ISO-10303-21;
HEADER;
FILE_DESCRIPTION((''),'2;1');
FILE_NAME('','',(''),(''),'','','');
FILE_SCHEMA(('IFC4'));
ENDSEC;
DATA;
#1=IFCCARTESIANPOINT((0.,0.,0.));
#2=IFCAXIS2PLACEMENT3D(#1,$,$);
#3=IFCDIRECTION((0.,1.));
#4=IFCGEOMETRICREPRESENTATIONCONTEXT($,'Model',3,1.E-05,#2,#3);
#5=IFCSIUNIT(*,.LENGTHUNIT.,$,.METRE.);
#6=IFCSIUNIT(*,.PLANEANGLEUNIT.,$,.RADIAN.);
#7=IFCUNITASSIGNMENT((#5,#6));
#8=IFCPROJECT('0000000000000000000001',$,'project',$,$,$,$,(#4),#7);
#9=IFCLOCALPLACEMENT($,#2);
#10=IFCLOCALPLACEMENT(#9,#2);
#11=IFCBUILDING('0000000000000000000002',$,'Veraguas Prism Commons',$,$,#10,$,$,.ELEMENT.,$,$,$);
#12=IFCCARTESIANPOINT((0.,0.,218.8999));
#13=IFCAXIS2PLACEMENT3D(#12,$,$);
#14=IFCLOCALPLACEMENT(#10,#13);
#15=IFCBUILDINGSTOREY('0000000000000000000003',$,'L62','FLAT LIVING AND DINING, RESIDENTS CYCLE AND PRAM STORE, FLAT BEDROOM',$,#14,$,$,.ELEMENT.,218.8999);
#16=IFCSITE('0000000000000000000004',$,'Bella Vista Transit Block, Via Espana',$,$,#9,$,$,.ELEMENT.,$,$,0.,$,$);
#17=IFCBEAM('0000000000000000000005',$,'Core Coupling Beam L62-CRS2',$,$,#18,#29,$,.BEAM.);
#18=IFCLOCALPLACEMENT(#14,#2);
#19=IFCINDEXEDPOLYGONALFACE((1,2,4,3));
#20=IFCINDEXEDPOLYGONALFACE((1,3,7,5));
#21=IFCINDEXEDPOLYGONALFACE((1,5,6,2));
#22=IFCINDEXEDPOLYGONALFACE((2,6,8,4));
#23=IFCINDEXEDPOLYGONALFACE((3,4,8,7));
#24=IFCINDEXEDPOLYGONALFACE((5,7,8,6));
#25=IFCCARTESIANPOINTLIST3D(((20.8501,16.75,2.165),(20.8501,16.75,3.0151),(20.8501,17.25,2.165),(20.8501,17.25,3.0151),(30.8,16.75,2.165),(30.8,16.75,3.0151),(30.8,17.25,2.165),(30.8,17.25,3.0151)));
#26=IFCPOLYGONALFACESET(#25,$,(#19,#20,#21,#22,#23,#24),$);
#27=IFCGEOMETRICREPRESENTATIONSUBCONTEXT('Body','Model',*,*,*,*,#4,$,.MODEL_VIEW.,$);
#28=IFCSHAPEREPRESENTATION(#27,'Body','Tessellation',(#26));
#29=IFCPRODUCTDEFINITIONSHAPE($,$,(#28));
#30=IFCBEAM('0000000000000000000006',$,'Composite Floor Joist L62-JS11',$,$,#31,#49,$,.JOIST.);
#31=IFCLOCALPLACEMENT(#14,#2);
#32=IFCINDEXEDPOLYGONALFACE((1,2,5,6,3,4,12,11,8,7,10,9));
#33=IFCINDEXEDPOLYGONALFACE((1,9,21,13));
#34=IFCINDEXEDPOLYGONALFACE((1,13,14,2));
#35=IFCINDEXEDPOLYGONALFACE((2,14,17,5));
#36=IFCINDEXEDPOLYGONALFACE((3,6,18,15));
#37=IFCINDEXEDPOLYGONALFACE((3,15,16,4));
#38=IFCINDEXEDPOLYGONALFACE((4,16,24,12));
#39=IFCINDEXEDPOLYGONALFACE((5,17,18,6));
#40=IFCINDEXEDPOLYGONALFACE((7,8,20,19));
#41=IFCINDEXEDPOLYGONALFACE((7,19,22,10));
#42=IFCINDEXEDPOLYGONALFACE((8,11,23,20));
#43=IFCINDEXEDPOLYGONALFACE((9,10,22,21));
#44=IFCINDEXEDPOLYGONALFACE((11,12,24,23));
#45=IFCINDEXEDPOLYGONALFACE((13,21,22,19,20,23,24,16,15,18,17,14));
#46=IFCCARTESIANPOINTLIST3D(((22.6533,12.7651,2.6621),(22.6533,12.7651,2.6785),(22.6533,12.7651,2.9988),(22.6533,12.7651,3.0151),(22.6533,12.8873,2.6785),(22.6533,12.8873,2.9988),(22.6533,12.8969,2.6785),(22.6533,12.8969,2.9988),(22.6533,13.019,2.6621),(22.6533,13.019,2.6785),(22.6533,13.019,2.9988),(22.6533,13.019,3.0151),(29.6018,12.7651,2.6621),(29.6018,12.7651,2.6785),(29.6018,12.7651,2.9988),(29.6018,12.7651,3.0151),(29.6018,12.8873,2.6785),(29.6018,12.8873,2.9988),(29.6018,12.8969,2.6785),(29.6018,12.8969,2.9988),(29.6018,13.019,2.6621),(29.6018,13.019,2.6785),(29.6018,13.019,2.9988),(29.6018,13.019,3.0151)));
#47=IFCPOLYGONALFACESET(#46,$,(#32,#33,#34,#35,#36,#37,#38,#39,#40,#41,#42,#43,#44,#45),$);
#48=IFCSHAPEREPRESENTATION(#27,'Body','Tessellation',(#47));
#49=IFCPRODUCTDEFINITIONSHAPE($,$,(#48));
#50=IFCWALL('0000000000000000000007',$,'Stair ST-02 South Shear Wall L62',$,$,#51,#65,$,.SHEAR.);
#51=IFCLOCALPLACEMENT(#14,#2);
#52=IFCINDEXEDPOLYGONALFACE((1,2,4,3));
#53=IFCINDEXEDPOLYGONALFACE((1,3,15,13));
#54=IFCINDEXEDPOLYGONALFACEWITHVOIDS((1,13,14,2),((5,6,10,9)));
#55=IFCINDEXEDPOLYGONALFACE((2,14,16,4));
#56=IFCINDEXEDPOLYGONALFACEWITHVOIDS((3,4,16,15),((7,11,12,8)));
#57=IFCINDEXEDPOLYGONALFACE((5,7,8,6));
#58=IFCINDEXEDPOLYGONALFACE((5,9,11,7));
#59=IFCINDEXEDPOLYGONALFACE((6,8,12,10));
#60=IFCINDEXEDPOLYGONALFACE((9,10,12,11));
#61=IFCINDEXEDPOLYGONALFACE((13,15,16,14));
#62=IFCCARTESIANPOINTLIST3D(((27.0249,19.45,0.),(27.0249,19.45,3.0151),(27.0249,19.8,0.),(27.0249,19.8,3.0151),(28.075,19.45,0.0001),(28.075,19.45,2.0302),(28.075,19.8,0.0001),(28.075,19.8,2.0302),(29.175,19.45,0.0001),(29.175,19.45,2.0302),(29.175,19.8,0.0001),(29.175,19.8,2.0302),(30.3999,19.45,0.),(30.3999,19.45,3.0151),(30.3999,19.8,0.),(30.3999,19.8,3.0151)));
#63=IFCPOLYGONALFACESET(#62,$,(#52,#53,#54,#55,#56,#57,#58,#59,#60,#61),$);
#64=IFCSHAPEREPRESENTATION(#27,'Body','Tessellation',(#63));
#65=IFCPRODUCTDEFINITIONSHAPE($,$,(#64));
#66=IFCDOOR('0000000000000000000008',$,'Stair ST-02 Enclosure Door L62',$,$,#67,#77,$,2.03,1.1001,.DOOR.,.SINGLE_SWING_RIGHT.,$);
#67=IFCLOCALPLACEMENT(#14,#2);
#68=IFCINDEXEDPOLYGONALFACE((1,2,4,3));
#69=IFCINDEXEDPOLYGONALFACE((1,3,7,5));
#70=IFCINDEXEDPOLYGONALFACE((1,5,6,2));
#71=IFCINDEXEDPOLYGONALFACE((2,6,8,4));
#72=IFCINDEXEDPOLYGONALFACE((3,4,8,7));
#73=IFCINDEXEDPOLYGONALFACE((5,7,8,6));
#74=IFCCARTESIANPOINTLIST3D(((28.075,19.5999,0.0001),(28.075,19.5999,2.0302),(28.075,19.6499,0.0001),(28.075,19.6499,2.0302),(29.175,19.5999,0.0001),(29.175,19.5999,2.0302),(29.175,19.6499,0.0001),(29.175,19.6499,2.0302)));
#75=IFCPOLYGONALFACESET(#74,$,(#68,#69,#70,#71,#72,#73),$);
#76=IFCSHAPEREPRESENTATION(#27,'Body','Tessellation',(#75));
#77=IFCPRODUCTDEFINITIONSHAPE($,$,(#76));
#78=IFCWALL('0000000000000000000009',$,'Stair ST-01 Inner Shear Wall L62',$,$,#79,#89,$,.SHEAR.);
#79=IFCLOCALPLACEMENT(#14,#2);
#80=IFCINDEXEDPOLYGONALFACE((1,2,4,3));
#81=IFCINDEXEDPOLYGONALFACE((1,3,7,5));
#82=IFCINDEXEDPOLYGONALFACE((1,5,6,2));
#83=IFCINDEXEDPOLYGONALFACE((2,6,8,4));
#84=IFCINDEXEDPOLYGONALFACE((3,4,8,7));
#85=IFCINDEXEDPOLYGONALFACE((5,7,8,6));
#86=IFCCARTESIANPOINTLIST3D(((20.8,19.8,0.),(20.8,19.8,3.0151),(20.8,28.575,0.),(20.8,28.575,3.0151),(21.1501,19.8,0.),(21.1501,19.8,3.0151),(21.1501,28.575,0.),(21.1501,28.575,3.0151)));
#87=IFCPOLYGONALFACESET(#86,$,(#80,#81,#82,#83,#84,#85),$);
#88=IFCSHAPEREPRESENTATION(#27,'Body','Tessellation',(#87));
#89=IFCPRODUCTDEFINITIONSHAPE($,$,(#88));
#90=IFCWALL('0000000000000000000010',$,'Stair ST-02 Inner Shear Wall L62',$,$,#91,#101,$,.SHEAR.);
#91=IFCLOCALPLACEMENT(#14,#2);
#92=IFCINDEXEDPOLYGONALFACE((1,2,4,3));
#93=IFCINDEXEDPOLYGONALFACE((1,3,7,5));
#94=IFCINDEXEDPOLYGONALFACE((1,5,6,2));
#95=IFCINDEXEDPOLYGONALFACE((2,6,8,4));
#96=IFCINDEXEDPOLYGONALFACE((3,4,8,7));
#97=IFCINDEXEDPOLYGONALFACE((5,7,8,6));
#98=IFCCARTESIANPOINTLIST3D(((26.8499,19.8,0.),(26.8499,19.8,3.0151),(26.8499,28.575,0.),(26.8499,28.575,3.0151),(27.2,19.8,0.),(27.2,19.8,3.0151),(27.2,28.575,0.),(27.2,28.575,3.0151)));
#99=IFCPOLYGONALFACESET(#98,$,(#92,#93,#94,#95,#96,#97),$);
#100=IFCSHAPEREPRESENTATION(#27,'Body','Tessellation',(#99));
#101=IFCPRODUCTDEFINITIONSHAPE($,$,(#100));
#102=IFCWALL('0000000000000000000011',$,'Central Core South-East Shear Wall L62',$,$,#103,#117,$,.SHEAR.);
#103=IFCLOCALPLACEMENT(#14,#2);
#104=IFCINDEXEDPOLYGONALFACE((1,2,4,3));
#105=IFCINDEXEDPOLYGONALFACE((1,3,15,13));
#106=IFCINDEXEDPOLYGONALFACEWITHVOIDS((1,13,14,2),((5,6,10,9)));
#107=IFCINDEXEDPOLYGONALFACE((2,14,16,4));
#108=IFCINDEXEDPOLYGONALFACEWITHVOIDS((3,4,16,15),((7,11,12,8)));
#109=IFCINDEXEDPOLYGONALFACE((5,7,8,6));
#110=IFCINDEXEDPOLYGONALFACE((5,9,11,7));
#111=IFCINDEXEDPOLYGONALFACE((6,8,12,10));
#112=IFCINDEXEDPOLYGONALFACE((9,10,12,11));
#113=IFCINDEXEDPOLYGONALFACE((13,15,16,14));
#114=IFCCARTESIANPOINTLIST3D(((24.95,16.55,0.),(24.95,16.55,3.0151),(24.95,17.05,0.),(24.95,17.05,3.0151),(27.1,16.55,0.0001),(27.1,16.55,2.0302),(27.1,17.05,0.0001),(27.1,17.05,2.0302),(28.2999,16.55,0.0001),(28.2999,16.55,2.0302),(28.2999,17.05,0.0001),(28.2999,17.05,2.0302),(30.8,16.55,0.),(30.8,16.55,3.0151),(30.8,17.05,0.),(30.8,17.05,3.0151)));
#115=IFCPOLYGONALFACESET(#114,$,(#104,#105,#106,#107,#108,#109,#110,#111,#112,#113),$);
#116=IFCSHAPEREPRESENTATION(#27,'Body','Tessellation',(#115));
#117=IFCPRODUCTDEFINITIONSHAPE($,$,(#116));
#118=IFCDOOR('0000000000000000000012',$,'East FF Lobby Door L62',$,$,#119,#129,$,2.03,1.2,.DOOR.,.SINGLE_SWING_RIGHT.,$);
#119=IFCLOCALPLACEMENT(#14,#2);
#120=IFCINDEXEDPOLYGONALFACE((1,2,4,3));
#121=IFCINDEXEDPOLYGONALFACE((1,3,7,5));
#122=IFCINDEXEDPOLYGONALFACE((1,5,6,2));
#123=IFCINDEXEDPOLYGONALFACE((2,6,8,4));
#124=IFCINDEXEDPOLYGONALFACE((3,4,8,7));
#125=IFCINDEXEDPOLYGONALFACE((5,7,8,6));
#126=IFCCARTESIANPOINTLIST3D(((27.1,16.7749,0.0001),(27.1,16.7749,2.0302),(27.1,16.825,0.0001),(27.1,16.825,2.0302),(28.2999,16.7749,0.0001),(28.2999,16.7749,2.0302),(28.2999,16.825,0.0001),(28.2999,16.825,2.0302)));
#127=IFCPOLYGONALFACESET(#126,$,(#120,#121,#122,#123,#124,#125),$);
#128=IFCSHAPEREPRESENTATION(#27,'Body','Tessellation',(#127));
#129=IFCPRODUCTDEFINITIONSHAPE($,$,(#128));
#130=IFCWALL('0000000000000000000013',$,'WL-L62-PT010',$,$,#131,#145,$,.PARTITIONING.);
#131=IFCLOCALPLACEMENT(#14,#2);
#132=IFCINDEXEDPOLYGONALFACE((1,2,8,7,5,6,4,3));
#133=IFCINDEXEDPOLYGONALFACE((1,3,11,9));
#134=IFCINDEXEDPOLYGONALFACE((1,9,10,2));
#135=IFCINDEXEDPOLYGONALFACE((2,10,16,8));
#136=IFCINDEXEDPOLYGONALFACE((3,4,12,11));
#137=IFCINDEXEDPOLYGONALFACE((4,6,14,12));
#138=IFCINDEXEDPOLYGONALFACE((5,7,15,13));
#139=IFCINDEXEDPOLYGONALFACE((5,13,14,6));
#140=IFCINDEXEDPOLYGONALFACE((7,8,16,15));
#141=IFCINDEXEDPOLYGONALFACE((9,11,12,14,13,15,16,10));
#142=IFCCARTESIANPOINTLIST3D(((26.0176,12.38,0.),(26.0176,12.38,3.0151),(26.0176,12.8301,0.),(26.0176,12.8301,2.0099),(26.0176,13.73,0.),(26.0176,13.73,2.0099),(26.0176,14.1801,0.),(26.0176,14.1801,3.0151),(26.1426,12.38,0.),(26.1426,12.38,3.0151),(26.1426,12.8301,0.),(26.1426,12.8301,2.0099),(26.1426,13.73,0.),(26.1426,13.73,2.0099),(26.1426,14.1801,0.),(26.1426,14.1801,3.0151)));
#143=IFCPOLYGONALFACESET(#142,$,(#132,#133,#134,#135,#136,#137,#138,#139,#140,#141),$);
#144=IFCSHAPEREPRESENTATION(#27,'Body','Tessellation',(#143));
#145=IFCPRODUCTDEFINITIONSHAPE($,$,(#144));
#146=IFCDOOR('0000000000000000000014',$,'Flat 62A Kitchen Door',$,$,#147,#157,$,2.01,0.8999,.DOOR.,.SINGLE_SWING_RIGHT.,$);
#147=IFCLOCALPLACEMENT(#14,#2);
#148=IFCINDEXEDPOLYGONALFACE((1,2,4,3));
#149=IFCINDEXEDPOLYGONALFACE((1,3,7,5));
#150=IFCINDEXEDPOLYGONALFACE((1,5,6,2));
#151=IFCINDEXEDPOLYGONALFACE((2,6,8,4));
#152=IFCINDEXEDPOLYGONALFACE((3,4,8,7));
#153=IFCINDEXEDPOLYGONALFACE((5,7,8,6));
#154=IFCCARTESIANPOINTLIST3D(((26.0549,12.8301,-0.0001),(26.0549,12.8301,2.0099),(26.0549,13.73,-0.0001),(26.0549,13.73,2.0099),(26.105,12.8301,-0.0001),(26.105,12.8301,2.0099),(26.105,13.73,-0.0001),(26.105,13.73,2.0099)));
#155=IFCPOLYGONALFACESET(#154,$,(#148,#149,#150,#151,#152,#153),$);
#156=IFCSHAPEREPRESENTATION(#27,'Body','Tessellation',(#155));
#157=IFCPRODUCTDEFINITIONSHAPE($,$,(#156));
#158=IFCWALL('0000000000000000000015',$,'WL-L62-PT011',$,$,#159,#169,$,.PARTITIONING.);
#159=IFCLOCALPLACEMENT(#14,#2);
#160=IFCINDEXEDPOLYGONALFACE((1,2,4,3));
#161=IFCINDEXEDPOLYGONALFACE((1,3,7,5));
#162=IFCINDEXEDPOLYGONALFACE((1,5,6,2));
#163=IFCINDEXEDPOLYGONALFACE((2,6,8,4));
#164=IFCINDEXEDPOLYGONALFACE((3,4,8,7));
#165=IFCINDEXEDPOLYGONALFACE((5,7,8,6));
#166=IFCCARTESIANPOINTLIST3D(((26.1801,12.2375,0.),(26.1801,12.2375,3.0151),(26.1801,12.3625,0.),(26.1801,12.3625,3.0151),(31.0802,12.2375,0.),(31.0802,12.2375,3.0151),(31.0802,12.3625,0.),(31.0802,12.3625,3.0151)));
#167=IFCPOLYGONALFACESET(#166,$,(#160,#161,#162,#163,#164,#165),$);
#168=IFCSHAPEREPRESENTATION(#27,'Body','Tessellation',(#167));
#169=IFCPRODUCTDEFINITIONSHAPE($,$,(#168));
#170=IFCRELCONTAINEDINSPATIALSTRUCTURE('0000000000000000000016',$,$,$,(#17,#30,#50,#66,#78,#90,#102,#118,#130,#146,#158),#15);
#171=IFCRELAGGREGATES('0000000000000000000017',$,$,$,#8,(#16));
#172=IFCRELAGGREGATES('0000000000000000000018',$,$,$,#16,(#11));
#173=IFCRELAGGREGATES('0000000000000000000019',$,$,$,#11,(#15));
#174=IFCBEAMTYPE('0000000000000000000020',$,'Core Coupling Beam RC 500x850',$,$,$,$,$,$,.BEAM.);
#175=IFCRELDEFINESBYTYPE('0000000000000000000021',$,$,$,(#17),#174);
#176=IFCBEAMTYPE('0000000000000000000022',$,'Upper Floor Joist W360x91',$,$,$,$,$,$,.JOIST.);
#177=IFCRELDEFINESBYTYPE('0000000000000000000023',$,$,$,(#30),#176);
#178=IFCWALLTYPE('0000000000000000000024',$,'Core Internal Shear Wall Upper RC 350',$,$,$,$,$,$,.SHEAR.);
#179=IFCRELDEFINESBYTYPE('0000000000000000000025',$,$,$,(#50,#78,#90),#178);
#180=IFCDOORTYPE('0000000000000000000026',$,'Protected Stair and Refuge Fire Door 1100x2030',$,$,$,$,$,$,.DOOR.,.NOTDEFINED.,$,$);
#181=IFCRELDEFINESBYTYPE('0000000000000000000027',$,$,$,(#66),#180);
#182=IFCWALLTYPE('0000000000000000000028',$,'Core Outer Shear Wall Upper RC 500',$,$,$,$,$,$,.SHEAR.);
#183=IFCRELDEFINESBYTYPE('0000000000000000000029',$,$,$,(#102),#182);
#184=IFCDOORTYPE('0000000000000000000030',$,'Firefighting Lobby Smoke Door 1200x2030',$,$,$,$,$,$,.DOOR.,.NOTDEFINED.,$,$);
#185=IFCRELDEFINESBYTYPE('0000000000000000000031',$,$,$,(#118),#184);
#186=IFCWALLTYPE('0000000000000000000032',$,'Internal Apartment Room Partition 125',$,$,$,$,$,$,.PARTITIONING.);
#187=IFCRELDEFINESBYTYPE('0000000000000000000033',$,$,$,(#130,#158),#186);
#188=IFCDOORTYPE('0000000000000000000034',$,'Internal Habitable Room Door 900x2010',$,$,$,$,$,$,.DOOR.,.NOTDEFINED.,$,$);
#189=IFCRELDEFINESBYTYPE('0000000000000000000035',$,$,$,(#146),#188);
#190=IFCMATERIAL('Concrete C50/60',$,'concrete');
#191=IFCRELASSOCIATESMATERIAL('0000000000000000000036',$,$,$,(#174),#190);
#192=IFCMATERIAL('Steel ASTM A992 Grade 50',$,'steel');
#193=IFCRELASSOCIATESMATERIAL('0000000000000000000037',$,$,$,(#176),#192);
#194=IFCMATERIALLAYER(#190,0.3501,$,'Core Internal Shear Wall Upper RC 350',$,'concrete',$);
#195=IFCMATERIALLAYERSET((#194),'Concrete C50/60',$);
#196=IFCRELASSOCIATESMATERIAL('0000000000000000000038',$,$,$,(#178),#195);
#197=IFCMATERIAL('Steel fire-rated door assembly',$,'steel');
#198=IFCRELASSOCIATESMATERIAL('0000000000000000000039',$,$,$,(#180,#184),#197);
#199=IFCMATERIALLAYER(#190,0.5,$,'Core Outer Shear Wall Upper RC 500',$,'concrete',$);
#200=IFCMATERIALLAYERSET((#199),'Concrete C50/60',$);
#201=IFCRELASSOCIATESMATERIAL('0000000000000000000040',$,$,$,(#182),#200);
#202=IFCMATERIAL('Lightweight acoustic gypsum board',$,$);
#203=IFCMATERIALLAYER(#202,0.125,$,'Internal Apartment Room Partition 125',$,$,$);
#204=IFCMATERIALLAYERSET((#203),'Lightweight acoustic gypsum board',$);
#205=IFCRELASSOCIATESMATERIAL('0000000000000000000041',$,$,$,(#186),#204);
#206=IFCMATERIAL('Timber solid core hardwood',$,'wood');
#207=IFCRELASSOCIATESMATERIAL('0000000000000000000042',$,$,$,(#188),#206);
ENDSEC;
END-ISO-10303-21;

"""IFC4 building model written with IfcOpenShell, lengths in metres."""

from ifc_helpers import new_model, si_unit, direction, frame, frame_2d, origin, origin_2d, place, context, subcontext, project, spatial, rectangle, i_section, extrude, source, transform, mapped, material, layer, layer_set, material_profile, profile_set, type_object, element, fill, save


model = new_model("IFC4")

# Units and contexts
model_context = context("Model", 3, precision=1e-05, world=origin(), true_north=direction((0.0, 1.0)))
body_context = subcontext(model_context, "Body", "Model", "MODEL_VIEW")
ifc_project = project(units=[si_unit("LENGTHUNIT", "METRE"), si_unit("PLANEANGLEUNIT", "RADIAN")], contexts=[model_context])

# Site, building, storey
site_placement = place(None, origin())
site = spatial("IfcSite", under=ifc_project, at=site_placement, Name="Bella Vista Transit Block, Via Espana", CompositionType="ELEMENT", RefElevation=0.0)
building_placement = place(site_placement, origin())
building = spatial("IfcBuilding", under=site, at=building_placement, Name="Veraguas Prism Commons", CompositionType="ELEMENT")
storey_placement = place(building_placement, frame((0.0, 0.0, 218.8999)))
storey = spatial("IfcBuildingStorey", under=building, at=storey_placement, Name="L62", Description="FLAT LIVING AND DINING, RESIDENTS CYCLE AND PRAM STORE, FLAT BEDROOM", CompositionType="ELEMENT", Elevation=218.8999)

# Beams
ifc_material_1 = material(Name="Concrete C50/60", Category="concrete")
ifc_material_profile_1 = material_profile(ifc_material_1, rectangle(XDim=0.5, YDim=0.8501, at=origin_2d()), Name="RC500X850")
ifc_profile_set_1 = profile_set([ifc_material_profile_1], Name="Concrete C50/60")
beam_type_1 = type_object("IfcBeamType", Name="Core Coupling Beam RC 500x850", PredefinedType="BEAM", material=ifc_profile_set_1)
beam_1_placement = place(storey_placement, frame((20.8501, 17.0, 2.5901), z_axis=(1.0, 0.0, 0.0), x_axis=(0.0, 1.0, 0.0)))
element("IfcBeam", 1, at=beam_1_placement, inside=storey, type_object=beam_type_1, Name="Core Coupling Beam L62-CRS2", PredefinedType="BEAM", context=body_context, shape_type="SweptSolid", body=[
    extrude(rectangle(XDim=0.5, YDim=0.8501, at=origin_2d()), origin(), (0.0, 0.0, 1.0), 9.95),
])
ifc_material_2 = material(Name="Steel ASTM A992 Grade 50", Category="steel")
ifc_material_profile_2 = material_profile(ifc_material_2, i_section(OverallWidth=0.2539, OverallDepth=0.353, WebThickness=0.0095, FlangeThickness=0.0164, at=origin_2d()), Name="W360X91")
ifc_profile_set_2 = profile_set([ifc_material_profile_2], Name="Steel ASTM A992 Grade 50")
beam_type_2 = type_object("IfcBeamType", Name="Upper Floor Joist W360x91", PredefinedType="JOIST", material=ifc_profile_set_2)
beam_2_placement = place(storey_placement, frame((22.6533, 12.8921, 2.8386), z_axis=(1.0, 0.0, 0.0), x_axis=(0.0, 1.0, 0.0)))
element("IfcBeam", 2, at=beam_2_placement, inside=storey, type_object=beam_type_2, Name="Composite Floor Joist L62-JS11", PredefinedType="JOIST", context=body_context, shape_type="SweptSolid", body=[
    extrude(i_section(OverallWidth=0.2539, OverallDepth=0.353, WebThickness=0.0095, FlangeThickness=0.0164, at=origin_2d()), origin(), (0.0, 0.0, 1.0), 6.9485),
])

# Wall, opening, door
ifc_layer_1 = layer(ifc_material_1, 0.3501, Name="Core Internal Shear Wall Upper RC 350", Category="concrete")
ifc_layer_set_1 = layer_set([ifc_layer_1], Name="Concrete C50/60")
wall_type_1 = type_object("IfcWallType", Name="Core Internal Shear Wall Upper RC 350", PredefinedType="SHEAR", material=ifc_layer_set_1)
wall_1_placement = place(storey_placement, frame((27.0249, 19.625, 0.0), z_axis=(0.0, 0.0, 1.0), x_axis=(1.0, 0.0, 0.0)))
wall_1 = element("IfcWall", 3, at=wall_1_placement, inside=storey, type_object=wall_type_1, Name="Stair ST-02 South Shear Wall L62", PredefinedType="SHEAR", context=body_context, shape_type="SweptSolid", body=[
    extrude(rectangle(XDim=3.375, YDim=0.3501, at=frame_2d((1.6875, 0.0))), origin(), (0.0, 0.0, 1.0), 3.0151),
])
opening_1_placement = place(wall_1_placement, frame((1.05, 0.0, 0.0)))
opening_1 = element("IfcOpeningElement", 4, at=opening_1_placement, cuts=wall_1, PredefinedType="OPENING", context=body_context, shape_type="SweptSolid", body=[
    extrude(rectangle(XDim=1.1001, YDim=2.03, at=frame_2d((0.55, 1.0151))), frame((0.0, 0.1851, 0.0), z_axis=(0.0, -1.0, 0.0), x_axis=(1.0, 0.0, 0.0)), (0.0, 0.0, 1.0), 0.3701),
])
ifc_material_3 = material(Name="Steel fire-rated door assembly", Category="steel")
door_type_1 = type_object("IfcDoorType", Name="Protected Stair and Refuge Fire Door 1100x2030", OperationType="NOTDEFINED", PredefinedType="DOOR", material=ifc_material_3)
shared_shape_1 = source(origin(), body_context, "Body", "SweptSolid", [
    extrude(rectangle(XDim=1.1001, YDim=2.03, at=frame_2d((0.55, 1.0151))), frame((0.0, 0.0249, 0.0), z_axis=(0.0, -1.0, 0.0), x_axis=(1.0, 0.0, 0.0)), (0.0, 0.0, 1.0), 0.05),
])
door_1_placement = place(opening_1_placement, origin())
door_1 = element("IfcDoor", 5, at=door_1_placement, inside=storey, type_object=door_type_1, Name="Stair ST-02 Enclosure Door L62", OperationType="SINGLE_SWING_RIGHT", OverallHeight=2.03, OverallWidth=1.1001, PredefinedType="DOOR", context=body_context, shape_type="MappedRepresentation", body=[
    mapped(shared_shape_1, transform((0.0, 0.0, 0.0), scale=1.0)),
])
fill(opening_1, door_1)

# Walls
for number, where, z_axis, x_axis, name in (
    (6, (20.9751, 19.8, 0.0), (0.0, 0.0, 1.0), (0.0, 1.0, 0.0), "Stair ST-01 Inner Shear Wall L62"),
    (7, (27.0249, 19.8, 0.0), (0.0, 0.0, 1.0), (0.0, 1.0, 0.0), "Stair ST-02 Inner Shear Wall L62"),
):
    element("IfcWall", number, at=place(storey_placement, frame(where, z_axis=z_axis, x_axis=x_axis)), inside=storey, type_object=wall_type_1, Name=name, PredefinedType="SHEAR", context=body_context, shape_type="SweptSolid", body=[
        extrude(rectangle(XDim=8.7749, YDim=0.3501, at=frame_2d((4.3875, 0.0))), origin(), (0.0, 0.0, 1.0), 3.0151),
    ])

# Walls, openings, doors
ifc_layer_2 = layer(ifc_material_1, 0.5, Name="Core Outer Shear Wall Upper RC 500", Category="concrete")
ifc_layer_set_2 = layer_set([ifc_layer_2], Name="Concrete C50/60")
wall_type_2 = type_object("IfcWallType", Name="Core Outer Shear Wall Upper RC 500", PredefinedType="SHEAR", material=ifc_layer_set_2)
wall_2_placement = place(storey_placement, frame((24.95, 16.8, 0.0), z_axis=(0.0, 0.0, 1.0), x_axis=(1.0, 0.0, 0.0)))
wall_2 = element("IfcWall", 8, at=wall_2_placement, inside=storey, type_object=wall_type_2, Name="Central Core South-East Shear Wall L62", PredefinedType="SHEAR", context=body_context, shape_type="SweptSolid", body=[
    extrude(rectangle(XDim=5.8501, YDim=0.5, at=frame_2d((2.925, 0.0))), origin(), (0.0, 0.0, 1.0), 3.0151),
])
opening_2_placement = place(wall_2_placement, frame((2.1499, 0.0, 0.0)))
opening_2 = element("IfcOpeningElement", 9, at=opening_2_placement, cuts=wall_2, PredefinedType="OPENING", context=body_context, shape_type="SweptSolid", body=[
    extrude(rectangle(XDim=1.2, YDim=2.03, at=frame_2d((0.6001, 1.0151))), frame((0.0, 0.26, 0.0), z_axis=(0.0, -1.0, 0.0), x_axis=(1.0, 0.0, 0.0)), (0.0, 0.0, 1.0), 0.52),
])
door_type_2 = type_object("IfcDoorType", Name="Firefighting Lobby Smoke Door 1200x2030", OperationType="NOTDEFINED", PredefinedType="DOOR", material=ifc_material_3)
shared_shape_2 = source(origin(), body_context, "Body", "SweptSolid", [
    extrude(rectangle(XDim=1.2, YDim=2.03, at=frame_2d((0.6001, 1.0151))), frame((0.0, 0.0249, 0.0), z_axis=(0.0, -1.0, 0.0), x_axis=(1.0, 0.0, 0.0)), (0.0, 0.0, 1.0), 0.05),
])
door_2_placement = place(opening_2_placement, origin())
door_2 = element("IfcDoor", 10, at=door_2_placement, inside=storey, type_object=door_type_2, Name="East FF Lobby Door L62", OperationType="SINGLE_SWING_RIGHT", OverallHeight=2.03, OverallWidth=1.2, PredefinedType="DOOR", context=body_context, shape_type="MappedRepresentation", body=[
    mapped(shared_shape_2, transform((0.0, 0.0, 0.0), scale=1.0)),
])
fill(opening_2, door_2)
ifc_material_4 = material(Name="Lightweight acoustic gypsum board")
ifc_layer_3 = layer(ifc_material_4, 0.125, Name="Internal Apartment Room Partition 125")
ifc_layer_set_3 = layer_set([ifc_layer_3], Name="Lightweight acoustic gypsum board")
wall_type_3 = type_object("IfcWallType", Name="Internal Apartment Room Partition 125", PredefinedType="PARTITIONING", material=ifc_layer_set_3)
wall_3_placement = place(storey_placement, frame((26.0801, 14.1799, 0.0), z_axis=(0.0, 0.0, 1.0), x_axis=(0.0, -1.0, 0.0)))
wall_3 = element("IfcWall", 11, at=wall_3_placement, inside=storey, type_object=wall_type_3, Name="WL-L62-PT010", PredefinedType="PARTITIONING", context=body_context, shape_type="SweptSolid", body=[
    extrude(rectangle(XDim=1.8, YDim=0.125, at=frame_2d((0.8999, 0.0))), origin(), (0.0, 0.0, 1.0), 3.0151),
])
opening_3_placement = place(wall_3_placement, frame((0.45, 0.0, 0.0)))
opening_3 = element("IfcOpeningElement", 12, at=opening_3_placement, cuts=wall_3, PredefinedType="OPENING", context=body_context, shape_type="SweptSolid", body=[
    extrude(rectangle(XDim=0.8999, YDim=2.01, at=frame_2d((0.45, 1.0049))), frame((0.0, 0.0725, 0.0), z_axis=(0.0, -1.0, 0.0), x_axis=(1.0, 0.0, 0.0)), (0.0, 0.0, 1.0), 0.145),
])
ifc_material_5 = material(Name="Timber solid core hardwood", Category="wood")
door_type_3 = type_object("IfcDoorType", Name="Internal Habitable Room Door 900x2010", OperationType="NOTDEFINED", PredefinedType="DOOR", material=ifc_material_5)
shared_shape_3 = source(origin(), body_context, "Body", "SweptSolid", [
    extrude(rectangle(XDim=0.8999, YDim=2.01, at=frame_2d((0.45, 1.0049))), frame((0.0, 0.0249, 0.0), z_axis=(0.0, -1.0, 0.0), x_axis=(1.0, 0.0, 0.0)), (0.0, 0.0, 1.0), 0.05),
])
door_3_placement = place(opening_3_placement, origin())
door_3 = element("IfcDoor", 13, at=door_3_placement, inside=storey, type_object=door_type_3, Name="Flat 62A Kitchen Door", OperationType="SINGLE_SWING_RIGHT", OverallHeight=2.01, OverallWidth=0.8999, PredefinedType="DOOR", context=body_context, shape_type="MappedRepresentation", body=[
    mapped(shared_shape_3, transform((0.0, 0.0, 0.0), scale=1.0)),
])
fill(opening_3, door_3)

# Wall
wall_4_placement = place(storey_placement, frame((26.1799, 12.3, 0.0), z_axis=(0.0, 0.0, 1.0), x_axis=(1.0, 0.0, 0.0)))
element("IfcWall", 14, at=wall_4_placement, inside=storey, type_object=wall_type_3, Name="WL-L62-PT011", PredefinedType="PARTITIONING", context=body_context, shape_type="SweptSolid", body=[
    extrude(rectangle(XDim=4.9001, YDim=0.125, at=frame_2d((2.4502, 0.0))), origin(), (0.0, 0.0, 1.0), 3.0151),
])

save(model, "model.ifc")
